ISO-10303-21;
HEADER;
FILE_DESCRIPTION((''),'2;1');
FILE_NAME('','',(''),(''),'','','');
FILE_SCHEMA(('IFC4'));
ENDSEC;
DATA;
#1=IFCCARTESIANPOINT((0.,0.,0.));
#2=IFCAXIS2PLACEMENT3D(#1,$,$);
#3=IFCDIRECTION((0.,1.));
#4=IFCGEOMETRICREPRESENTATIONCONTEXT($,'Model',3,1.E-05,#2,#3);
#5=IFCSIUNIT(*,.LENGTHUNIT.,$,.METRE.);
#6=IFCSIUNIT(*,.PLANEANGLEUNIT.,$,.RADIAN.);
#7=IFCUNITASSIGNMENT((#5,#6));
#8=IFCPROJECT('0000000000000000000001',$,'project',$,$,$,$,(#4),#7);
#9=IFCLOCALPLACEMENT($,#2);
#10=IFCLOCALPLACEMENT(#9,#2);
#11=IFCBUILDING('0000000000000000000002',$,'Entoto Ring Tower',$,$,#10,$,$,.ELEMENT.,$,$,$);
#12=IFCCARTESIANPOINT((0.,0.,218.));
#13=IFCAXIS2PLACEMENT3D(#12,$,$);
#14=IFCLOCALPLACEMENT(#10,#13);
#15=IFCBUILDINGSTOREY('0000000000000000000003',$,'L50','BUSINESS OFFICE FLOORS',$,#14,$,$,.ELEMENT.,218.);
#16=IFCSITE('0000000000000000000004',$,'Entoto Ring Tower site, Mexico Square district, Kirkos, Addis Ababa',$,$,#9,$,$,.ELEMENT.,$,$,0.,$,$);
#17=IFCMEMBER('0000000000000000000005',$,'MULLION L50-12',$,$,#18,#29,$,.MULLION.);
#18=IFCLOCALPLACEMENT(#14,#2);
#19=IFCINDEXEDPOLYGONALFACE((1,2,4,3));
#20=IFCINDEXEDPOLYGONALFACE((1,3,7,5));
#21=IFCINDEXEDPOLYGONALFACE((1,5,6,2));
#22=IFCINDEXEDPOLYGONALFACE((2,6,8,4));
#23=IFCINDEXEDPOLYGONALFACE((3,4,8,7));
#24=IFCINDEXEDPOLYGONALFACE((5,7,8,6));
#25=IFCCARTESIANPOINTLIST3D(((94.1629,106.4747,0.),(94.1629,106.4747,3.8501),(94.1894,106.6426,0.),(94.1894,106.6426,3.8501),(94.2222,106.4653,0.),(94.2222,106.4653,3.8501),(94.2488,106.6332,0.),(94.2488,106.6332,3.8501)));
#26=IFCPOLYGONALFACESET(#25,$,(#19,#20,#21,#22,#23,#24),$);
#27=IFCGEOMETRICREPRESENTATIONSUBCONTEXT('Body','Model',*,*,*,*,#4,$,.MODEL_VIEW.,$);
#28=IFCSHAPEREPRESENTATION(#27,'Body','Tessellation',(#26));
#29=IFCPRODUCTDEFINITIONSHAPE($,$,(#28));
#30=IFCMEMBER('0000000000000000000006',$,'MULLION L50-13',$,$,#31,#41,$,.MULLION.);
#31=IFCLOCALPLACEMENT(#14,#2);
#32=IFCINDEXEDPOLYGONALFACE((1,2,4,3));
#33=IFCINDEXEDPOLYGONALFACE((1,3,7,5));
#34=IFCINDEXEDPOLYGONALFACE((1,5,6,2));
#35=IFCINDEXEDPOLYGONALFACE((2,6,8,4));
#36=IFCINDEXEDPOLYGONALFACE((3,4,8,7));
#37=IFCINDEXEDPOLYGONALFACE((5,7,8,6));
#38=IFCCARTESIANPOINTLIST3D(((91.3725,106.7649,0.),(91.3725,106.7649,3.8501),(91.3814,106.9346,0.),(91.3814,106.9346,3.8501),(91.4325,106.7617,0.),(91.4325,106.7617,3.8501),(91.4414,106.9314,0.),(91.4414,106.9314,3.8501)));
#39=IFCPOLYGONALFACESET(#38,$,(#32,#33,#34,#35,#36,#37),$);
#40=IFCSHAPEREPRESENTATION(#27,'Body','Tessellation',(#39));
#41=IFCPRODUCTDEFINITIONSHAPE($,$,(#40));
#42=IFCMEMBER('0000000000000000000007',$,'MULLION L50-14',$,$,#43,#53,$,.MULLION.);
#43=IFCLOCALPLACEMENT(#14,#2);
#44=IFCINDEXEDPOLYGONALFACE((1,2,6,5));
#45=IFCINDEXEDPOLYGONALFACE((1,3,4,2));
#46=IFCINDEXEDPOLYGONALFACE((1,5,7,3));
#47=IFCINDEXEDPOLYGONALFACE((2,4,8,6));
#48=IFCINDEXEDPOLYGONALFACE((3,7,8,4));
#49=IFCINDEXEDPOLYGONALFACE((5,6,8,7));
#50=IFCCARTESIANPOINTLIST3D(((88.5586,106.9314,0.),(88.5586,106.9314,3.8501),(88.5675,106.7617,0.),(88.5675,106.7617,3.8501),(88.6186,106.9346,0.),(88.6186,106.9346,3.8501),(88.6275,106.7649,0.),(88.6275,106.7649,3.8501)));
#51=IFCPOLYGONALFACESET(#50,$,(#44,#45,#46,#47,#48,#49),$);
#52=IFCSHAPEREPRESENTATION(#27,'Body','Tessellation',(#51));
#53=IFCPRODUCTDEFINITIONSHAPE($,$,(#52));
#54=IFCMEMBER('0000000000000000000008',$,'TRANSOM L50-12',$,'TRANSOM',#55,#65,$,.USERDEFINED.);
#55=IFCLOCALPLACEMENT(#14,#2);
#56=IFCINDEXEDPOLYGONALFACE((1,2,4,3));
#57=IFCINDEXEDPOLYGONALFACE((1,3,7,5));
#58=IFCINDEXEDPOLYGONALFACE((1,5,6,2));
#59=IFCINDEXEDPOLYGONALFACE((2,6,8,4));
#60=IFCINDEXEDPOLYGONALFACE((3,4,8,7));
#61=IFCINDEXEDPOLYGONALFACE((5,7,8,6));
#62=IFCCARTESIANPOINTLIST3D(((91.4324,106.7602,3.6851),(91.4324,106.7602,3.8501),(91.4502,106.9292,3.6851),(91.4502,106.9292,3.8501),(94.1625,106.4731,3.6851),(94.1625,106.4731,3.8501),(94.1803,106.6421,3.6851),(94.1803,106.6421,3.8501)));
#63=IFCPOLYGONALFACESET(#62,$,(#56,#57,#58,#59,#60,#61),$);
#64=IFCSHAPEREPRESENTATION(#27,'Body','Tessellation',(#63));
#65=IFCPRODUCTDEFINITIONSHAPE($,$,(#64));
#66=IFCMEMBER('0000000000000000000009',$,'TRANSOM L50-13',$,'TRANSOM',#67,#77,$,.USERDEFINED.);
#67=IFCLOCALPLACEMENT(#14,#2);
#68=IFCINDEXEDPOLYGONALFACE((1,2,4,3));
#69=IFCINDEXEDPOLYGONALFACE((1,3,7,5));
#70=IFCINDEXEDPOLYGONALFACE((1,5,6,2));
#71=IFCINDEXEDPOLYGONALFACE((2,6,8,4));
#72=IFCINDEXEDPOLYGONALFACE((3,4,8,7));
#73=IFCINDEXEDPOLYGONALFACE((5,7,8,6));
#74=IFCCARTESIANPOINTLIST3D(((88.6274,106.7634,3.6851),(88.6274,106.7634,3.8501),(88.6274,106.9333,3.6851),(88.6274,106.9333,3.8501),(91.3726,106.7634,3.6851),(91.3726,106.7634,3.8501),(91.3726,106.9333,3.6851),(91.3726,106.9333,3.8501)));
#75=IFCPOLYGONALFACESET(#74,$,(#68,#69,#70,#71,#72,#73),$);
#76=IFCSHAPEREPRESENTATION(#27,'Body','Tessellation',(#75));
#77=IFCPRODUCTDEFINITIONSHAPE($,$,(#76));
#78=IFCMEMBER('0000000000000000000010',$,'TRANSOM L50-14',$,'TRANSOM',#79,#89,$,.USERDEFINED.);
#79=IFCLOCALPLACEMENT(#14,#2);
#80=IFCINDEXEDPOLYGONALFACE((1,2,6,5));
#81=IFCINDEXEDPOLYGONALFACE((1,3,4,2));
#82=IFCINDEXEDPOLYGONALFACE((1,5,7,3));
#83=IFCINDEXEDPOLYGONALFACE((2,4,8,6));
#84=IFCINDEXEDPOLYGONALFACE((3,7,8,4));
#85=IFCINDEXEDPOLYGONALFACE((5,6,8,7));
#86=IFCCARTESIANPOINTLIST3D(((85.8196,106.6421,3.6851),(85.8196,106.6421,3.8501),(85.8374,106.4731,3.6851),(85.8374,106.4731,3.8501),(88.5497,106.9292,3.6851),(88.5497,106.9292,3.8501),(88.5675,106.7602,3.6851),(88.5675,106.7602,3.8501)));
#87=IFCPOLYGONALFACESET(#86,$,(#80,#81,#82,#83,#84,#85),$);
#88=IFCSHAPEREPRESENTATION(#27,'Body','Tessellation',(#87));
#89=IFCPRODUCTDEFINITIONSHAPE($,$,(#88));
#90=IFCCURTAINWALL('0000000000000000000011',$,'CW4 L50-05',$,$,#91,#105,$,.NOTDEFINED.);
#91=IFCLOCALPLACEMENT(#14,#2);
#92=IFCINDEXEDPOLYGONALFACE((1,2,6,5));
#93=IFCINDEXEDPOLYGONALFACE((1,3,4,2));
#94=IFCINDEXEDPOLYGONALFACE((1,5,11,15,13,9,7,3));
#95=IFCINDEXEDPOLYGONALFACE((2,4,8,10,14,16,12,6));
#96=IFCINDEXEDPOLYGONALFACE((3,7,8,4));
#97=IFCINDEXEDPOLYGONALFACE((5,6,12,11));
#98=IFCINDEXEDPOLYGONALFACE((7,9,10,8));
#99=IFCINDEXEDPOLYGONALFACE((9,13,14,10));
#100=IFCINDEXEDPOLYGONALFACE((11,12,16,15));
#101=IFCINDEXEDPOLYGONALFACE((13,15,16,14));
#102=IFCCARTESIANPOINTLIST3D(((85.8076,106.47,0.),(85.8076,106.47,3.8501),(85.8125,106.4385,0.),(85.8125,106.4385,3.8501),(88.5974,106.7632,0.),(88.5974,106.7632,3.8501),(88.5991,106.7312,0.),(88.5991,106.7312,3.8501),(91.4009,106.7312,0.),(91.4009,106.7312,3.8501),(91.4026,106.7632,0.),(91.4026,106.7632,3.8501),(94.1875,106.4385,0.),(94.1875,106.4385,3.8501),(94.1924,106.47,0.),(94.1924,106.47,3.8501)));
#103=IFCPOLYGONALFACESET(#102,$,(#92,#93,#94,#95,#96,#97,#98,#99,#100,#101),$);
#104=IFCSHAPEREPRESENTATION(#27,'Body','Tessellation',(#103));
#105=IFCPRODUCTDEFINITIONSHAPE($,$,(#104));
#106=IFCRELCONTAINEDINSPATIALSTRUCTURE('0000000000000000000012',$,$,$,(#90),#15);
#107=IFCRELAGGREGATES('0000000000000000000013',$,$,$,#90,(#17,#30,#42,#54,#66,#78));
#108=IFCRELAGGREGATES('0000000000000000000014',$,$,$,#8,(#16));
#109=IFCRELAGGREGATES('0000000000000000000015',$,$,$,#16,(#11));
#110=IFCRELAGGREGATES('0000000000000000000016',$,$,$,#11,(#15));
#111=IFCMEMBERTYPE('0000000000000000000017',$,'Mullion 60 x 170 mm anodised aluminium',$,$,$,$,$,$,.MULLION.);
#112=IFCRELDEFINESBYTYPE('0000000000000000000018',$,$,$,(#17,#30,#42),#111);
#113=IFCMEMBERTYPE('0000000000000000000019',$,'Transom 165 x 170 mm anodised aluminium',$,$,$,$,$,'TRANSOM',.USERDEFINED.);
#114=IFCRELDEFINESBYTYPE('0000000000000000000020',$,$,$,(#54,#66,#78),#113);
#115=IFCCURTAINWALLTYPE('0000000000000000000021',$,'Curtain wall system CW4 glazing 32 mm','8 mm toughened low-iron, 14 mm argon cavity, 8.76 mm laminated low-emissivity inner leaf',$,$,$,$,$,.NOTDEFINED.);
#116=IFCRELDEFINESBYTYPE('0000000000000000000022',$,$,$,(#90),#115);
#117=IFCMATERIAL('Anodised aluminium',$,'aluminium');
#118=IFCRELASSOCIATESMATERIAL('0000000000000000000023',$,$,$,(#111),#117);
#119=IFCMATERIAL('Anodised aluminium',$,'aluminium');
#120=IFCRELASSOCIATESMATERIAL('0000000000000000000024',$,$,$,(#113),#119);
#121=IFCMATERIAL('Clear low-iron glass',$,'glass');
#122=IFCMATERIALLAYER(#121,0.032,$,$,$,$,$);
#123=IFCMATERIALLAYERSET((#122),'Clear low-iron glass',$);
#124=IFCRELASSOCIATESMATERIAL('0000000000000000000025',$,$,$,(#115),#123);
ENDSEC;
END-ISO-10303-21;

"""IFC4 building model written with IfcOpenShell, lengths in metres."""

from ifc_helpers import new_model, si_unit, direction, frame, origin, origin_2d, place, context, subcontext, project, spatial, polyline, rectangle, outline, extrude, material, layer, layer_set, material_profile, profile_set, type_object, element, aggregate, save


model = new_model("IFC4")

# Units and contexts
model_context = context("Model", 3, precision=1e-05, world=origin(), true_north=direction((0.0, 1.0)))
body_context = subcontext(model_context, "Body", "Model", "MODEL_VIEW")
ifc_project = project(units=[si_unit("LENGTHUNIT", "METRE"), si_unit("PLANEANGLEUNIT", "RADIAN")], contexts=[model_context])

# Members
ifc_material_1 = material(Name="Anodised aluminium", Category="aluminium")
ifc_material_profile_1 = material_profile(ifc_material_1, rectangle(XDim=0.0601, YDim=0.1699, at=origin_2d()), Name="Mullion 60 x 170 mm anodised aluminium")
ifc_profile_set_1 = profile_set([ifc_material_profile_1], Name="Anodised aluminium")
member_type_1 = type_object("IfcMemberType", Name="Mullion 60 x 170 mm anodised aluminium", PredefinedType="MULLION", material=ifc_profile_set_1)
site_placement = place(None, origin())
building_placement = place(site_placement, origin())
storey_placement = place(building_placement, frame((0.0, 0.0, 218.0)))
member_1_placement = place(storey_placement, frame((94.2058, 106.554, 0.0), z_axis=(0.0, 0.0, 1.0), x_axis=(-0.987688, 0.156434, 0.0)))
member_1 = element("IfcMember", 1, at=member_1_placement, type_object=member_type_1, Name="MULLION L50-12", PredefinedType="MULLION", context=body_context, shape_type="SweptSolid", body=[
    extrude(rectangle(XDim=0.0601, YDim=0.1699, at=origin_2d()), origin(), (0.0, 0.0, 1.0), 3.8501),
])
member_2_placement = place(storey_placement, frame((91.407, 106.8481, 0.0), z_axis=(0.0, 0.0, 1.0), x_axis=(-0.99863, 0.052336, 0.0)))
member_2 = element("IfcMember", 2, at=member_2_placement, type_object=member_type_1, Name="MULLION L50-13", PredefinedType="MULLION", context=body_context, shape_type="SweptSolid", body=[
    extrude(rectangle(XDim=0.0601, YDim=0.1699, at=origin_2d()), origin(), (0.0, 0.0, 1.0), 3.8501),
])
member_3_placement = place(storey_placement, frame((88.593, 106.8481, 0.0), z_axis=(0.0, 0.0, 1.0), x_axis=(-0.99863, -0.052336, 0.0)))
member_3 = element("IfcMember", 3, at=member_3_placement, type_object=member_type_1, Name="MULLION L50-14", PredefinedType="MULLION", context=body_context, shape_type="SweptSolid", body=[
    extrude(rectangle(XDim=0.0601, YDim=0.1699, at=origin_2d()), origin(), (0.0, 0.0, 1.0), 3.8501),
])
ifc_material_2 = material(Name="Anodised aluminium", Category="aluminium")
ifc_material_profile_2 = material_profile(ifc_material_2, rectangle(XDim=0.1699, YDim=0.165, at=origin_2d()), Name="Transom 165 x 170 mm anodised aluminium")
ifc_profile_set_2 = profile_set([ifc_material_profile_2], Name="Anodised aluminium")
member_type_2 = type_object("IfcMemberType", Name="Transom 165 x 170 mm anodised aluminium", ElementType="TRANSOM", PredefinedType="USERDEFINED", material=ifc_profile_set_2)
member_4_placement = place(storey_placement, frame((94.1714, 106.5576, 3.7676), z_axis=(-0.994515, 0.104592, 0.0), x_axis=(-0.104592, -0.994515, 0.0)))
member_4 = element("IfcMember", 4, at=member_4_placement, type_object=member_type_2, Name="TRANSOM L50-12", ObjectType="TRANSOM", PredefinedType="USERDEFINED", context=body_context, shape_type="SweptSolid", body=[
    extrude(rectangle(XDim=0.1699, YDim=0.165, at=origin_2d()), origin(), (0.0, 0.0, 1.0), 2.7451),
])
member_5_placement = place(storey_placement, frame((91.3726, 106.8484, 3.7676), z_axis=(-1.0, 0.0, 0.0), x_axis=(0.0, -1.0, 0.0)))
member_5 = element("IfcMember", 5, at=member_5_placement, type_object=member_type_2, Name="TRANSOM L50-13", ObjectType="TRANSOM", PredefinedType="USERDEFINED", context=body_context, shape_type="SweptSolid", body=[
    extrude(rectangle(XDim=0.1699, YDim=0.165, at=origin_2d()), origin(), (0.0, 0.0, 1.0), 2.7451),
])
member_6_placement = place(storey_placement, frame((88.5586, 106.8447, 3.7676), z_axis=(-0.994515, -0.104592, 0.0), x_axis=(0.104592, -0.994515, 0.0)))
member_6 = element("IfcMember", 6, at=member_6_placement, type_object=member_type_2, Name="TRANSOM L50-14", ObjectType="TRANSOM", PredefinedType="USERDEFINED", context=body_context, shape_type="SweptSolid", body=[
    extrude(rectangle(XDim=0.1699, YDim=0.165, at=origin_2d()), origin(), (0.0, 0.0, 1.0), 2.7451),
])

# Site, building, storey
site = spatial("IfcSite", under=ifc_project, at=site_placement, Name="Entoto Ring Tower site, Mexico Square district, Kirkos, Addis Ababa", CompositionType="ELEMENT", RefElevation=0.0)
building = spatial("IfcBuilding", under=site, at=building_placement, Name="Entoto Ring Tower", CompositionType="ELEMENT")
storey = spatial("IfcBuildingStorey", under=building, at=storey_placement, Name="L50", Description="BUSINESS OFFICE FLOORS", CompositionType="ELEMENT", Elevation=218.0)

# Curtain wall
ifc_material_3 = material(Name="Clear low-iron glass", Category="glass")
ifc_layer = layer(ifc_material_3, 0.032)
ifc_layer_set = layer_set([ifc_layer], Name="Clear low-iron glass")
curtain_wall_type = type_object("IfcCurtainWallType", Name="Curtain wall system CW4 glazing 32 mm", Description="8 mm toughened low-iron, 14 mm argon cavity, 8.76 mm laminated low-emissivity inner leaf", PredefinedType="NOTDEFINED", material=ifc_layer_set)
curtain_wall_1_placement = place(storey_placement, origin())
curtain_wall_1 = element("IfcCurtainWall", 7, at=curtain_wall_1_placement, inside=storey, type_object=curtain_wall_type, Name="CW4 L50-05", PredefinedType="NOTDEFINED", context=body_context, shape_type="SweptSolid", body=[
    extrude(outline(polyline([(94.1924, 106.47), (91.4026, 106.7632), (88.5974, 106.7632), (85.8076, 106.47), (85.8125, 106.4385), (88.5991, 106.7312), (91.4009, 106.7312), (94.1875, 106.4385), (94.1924, 106.47)])), origin(), (0.0, 0.0, 1.0), 3.8501),
])
aggregate(curtain_wall_1, [member_1, member_2, member_3, member_4, member_5, member_6])

save(model, "model.ifc")
